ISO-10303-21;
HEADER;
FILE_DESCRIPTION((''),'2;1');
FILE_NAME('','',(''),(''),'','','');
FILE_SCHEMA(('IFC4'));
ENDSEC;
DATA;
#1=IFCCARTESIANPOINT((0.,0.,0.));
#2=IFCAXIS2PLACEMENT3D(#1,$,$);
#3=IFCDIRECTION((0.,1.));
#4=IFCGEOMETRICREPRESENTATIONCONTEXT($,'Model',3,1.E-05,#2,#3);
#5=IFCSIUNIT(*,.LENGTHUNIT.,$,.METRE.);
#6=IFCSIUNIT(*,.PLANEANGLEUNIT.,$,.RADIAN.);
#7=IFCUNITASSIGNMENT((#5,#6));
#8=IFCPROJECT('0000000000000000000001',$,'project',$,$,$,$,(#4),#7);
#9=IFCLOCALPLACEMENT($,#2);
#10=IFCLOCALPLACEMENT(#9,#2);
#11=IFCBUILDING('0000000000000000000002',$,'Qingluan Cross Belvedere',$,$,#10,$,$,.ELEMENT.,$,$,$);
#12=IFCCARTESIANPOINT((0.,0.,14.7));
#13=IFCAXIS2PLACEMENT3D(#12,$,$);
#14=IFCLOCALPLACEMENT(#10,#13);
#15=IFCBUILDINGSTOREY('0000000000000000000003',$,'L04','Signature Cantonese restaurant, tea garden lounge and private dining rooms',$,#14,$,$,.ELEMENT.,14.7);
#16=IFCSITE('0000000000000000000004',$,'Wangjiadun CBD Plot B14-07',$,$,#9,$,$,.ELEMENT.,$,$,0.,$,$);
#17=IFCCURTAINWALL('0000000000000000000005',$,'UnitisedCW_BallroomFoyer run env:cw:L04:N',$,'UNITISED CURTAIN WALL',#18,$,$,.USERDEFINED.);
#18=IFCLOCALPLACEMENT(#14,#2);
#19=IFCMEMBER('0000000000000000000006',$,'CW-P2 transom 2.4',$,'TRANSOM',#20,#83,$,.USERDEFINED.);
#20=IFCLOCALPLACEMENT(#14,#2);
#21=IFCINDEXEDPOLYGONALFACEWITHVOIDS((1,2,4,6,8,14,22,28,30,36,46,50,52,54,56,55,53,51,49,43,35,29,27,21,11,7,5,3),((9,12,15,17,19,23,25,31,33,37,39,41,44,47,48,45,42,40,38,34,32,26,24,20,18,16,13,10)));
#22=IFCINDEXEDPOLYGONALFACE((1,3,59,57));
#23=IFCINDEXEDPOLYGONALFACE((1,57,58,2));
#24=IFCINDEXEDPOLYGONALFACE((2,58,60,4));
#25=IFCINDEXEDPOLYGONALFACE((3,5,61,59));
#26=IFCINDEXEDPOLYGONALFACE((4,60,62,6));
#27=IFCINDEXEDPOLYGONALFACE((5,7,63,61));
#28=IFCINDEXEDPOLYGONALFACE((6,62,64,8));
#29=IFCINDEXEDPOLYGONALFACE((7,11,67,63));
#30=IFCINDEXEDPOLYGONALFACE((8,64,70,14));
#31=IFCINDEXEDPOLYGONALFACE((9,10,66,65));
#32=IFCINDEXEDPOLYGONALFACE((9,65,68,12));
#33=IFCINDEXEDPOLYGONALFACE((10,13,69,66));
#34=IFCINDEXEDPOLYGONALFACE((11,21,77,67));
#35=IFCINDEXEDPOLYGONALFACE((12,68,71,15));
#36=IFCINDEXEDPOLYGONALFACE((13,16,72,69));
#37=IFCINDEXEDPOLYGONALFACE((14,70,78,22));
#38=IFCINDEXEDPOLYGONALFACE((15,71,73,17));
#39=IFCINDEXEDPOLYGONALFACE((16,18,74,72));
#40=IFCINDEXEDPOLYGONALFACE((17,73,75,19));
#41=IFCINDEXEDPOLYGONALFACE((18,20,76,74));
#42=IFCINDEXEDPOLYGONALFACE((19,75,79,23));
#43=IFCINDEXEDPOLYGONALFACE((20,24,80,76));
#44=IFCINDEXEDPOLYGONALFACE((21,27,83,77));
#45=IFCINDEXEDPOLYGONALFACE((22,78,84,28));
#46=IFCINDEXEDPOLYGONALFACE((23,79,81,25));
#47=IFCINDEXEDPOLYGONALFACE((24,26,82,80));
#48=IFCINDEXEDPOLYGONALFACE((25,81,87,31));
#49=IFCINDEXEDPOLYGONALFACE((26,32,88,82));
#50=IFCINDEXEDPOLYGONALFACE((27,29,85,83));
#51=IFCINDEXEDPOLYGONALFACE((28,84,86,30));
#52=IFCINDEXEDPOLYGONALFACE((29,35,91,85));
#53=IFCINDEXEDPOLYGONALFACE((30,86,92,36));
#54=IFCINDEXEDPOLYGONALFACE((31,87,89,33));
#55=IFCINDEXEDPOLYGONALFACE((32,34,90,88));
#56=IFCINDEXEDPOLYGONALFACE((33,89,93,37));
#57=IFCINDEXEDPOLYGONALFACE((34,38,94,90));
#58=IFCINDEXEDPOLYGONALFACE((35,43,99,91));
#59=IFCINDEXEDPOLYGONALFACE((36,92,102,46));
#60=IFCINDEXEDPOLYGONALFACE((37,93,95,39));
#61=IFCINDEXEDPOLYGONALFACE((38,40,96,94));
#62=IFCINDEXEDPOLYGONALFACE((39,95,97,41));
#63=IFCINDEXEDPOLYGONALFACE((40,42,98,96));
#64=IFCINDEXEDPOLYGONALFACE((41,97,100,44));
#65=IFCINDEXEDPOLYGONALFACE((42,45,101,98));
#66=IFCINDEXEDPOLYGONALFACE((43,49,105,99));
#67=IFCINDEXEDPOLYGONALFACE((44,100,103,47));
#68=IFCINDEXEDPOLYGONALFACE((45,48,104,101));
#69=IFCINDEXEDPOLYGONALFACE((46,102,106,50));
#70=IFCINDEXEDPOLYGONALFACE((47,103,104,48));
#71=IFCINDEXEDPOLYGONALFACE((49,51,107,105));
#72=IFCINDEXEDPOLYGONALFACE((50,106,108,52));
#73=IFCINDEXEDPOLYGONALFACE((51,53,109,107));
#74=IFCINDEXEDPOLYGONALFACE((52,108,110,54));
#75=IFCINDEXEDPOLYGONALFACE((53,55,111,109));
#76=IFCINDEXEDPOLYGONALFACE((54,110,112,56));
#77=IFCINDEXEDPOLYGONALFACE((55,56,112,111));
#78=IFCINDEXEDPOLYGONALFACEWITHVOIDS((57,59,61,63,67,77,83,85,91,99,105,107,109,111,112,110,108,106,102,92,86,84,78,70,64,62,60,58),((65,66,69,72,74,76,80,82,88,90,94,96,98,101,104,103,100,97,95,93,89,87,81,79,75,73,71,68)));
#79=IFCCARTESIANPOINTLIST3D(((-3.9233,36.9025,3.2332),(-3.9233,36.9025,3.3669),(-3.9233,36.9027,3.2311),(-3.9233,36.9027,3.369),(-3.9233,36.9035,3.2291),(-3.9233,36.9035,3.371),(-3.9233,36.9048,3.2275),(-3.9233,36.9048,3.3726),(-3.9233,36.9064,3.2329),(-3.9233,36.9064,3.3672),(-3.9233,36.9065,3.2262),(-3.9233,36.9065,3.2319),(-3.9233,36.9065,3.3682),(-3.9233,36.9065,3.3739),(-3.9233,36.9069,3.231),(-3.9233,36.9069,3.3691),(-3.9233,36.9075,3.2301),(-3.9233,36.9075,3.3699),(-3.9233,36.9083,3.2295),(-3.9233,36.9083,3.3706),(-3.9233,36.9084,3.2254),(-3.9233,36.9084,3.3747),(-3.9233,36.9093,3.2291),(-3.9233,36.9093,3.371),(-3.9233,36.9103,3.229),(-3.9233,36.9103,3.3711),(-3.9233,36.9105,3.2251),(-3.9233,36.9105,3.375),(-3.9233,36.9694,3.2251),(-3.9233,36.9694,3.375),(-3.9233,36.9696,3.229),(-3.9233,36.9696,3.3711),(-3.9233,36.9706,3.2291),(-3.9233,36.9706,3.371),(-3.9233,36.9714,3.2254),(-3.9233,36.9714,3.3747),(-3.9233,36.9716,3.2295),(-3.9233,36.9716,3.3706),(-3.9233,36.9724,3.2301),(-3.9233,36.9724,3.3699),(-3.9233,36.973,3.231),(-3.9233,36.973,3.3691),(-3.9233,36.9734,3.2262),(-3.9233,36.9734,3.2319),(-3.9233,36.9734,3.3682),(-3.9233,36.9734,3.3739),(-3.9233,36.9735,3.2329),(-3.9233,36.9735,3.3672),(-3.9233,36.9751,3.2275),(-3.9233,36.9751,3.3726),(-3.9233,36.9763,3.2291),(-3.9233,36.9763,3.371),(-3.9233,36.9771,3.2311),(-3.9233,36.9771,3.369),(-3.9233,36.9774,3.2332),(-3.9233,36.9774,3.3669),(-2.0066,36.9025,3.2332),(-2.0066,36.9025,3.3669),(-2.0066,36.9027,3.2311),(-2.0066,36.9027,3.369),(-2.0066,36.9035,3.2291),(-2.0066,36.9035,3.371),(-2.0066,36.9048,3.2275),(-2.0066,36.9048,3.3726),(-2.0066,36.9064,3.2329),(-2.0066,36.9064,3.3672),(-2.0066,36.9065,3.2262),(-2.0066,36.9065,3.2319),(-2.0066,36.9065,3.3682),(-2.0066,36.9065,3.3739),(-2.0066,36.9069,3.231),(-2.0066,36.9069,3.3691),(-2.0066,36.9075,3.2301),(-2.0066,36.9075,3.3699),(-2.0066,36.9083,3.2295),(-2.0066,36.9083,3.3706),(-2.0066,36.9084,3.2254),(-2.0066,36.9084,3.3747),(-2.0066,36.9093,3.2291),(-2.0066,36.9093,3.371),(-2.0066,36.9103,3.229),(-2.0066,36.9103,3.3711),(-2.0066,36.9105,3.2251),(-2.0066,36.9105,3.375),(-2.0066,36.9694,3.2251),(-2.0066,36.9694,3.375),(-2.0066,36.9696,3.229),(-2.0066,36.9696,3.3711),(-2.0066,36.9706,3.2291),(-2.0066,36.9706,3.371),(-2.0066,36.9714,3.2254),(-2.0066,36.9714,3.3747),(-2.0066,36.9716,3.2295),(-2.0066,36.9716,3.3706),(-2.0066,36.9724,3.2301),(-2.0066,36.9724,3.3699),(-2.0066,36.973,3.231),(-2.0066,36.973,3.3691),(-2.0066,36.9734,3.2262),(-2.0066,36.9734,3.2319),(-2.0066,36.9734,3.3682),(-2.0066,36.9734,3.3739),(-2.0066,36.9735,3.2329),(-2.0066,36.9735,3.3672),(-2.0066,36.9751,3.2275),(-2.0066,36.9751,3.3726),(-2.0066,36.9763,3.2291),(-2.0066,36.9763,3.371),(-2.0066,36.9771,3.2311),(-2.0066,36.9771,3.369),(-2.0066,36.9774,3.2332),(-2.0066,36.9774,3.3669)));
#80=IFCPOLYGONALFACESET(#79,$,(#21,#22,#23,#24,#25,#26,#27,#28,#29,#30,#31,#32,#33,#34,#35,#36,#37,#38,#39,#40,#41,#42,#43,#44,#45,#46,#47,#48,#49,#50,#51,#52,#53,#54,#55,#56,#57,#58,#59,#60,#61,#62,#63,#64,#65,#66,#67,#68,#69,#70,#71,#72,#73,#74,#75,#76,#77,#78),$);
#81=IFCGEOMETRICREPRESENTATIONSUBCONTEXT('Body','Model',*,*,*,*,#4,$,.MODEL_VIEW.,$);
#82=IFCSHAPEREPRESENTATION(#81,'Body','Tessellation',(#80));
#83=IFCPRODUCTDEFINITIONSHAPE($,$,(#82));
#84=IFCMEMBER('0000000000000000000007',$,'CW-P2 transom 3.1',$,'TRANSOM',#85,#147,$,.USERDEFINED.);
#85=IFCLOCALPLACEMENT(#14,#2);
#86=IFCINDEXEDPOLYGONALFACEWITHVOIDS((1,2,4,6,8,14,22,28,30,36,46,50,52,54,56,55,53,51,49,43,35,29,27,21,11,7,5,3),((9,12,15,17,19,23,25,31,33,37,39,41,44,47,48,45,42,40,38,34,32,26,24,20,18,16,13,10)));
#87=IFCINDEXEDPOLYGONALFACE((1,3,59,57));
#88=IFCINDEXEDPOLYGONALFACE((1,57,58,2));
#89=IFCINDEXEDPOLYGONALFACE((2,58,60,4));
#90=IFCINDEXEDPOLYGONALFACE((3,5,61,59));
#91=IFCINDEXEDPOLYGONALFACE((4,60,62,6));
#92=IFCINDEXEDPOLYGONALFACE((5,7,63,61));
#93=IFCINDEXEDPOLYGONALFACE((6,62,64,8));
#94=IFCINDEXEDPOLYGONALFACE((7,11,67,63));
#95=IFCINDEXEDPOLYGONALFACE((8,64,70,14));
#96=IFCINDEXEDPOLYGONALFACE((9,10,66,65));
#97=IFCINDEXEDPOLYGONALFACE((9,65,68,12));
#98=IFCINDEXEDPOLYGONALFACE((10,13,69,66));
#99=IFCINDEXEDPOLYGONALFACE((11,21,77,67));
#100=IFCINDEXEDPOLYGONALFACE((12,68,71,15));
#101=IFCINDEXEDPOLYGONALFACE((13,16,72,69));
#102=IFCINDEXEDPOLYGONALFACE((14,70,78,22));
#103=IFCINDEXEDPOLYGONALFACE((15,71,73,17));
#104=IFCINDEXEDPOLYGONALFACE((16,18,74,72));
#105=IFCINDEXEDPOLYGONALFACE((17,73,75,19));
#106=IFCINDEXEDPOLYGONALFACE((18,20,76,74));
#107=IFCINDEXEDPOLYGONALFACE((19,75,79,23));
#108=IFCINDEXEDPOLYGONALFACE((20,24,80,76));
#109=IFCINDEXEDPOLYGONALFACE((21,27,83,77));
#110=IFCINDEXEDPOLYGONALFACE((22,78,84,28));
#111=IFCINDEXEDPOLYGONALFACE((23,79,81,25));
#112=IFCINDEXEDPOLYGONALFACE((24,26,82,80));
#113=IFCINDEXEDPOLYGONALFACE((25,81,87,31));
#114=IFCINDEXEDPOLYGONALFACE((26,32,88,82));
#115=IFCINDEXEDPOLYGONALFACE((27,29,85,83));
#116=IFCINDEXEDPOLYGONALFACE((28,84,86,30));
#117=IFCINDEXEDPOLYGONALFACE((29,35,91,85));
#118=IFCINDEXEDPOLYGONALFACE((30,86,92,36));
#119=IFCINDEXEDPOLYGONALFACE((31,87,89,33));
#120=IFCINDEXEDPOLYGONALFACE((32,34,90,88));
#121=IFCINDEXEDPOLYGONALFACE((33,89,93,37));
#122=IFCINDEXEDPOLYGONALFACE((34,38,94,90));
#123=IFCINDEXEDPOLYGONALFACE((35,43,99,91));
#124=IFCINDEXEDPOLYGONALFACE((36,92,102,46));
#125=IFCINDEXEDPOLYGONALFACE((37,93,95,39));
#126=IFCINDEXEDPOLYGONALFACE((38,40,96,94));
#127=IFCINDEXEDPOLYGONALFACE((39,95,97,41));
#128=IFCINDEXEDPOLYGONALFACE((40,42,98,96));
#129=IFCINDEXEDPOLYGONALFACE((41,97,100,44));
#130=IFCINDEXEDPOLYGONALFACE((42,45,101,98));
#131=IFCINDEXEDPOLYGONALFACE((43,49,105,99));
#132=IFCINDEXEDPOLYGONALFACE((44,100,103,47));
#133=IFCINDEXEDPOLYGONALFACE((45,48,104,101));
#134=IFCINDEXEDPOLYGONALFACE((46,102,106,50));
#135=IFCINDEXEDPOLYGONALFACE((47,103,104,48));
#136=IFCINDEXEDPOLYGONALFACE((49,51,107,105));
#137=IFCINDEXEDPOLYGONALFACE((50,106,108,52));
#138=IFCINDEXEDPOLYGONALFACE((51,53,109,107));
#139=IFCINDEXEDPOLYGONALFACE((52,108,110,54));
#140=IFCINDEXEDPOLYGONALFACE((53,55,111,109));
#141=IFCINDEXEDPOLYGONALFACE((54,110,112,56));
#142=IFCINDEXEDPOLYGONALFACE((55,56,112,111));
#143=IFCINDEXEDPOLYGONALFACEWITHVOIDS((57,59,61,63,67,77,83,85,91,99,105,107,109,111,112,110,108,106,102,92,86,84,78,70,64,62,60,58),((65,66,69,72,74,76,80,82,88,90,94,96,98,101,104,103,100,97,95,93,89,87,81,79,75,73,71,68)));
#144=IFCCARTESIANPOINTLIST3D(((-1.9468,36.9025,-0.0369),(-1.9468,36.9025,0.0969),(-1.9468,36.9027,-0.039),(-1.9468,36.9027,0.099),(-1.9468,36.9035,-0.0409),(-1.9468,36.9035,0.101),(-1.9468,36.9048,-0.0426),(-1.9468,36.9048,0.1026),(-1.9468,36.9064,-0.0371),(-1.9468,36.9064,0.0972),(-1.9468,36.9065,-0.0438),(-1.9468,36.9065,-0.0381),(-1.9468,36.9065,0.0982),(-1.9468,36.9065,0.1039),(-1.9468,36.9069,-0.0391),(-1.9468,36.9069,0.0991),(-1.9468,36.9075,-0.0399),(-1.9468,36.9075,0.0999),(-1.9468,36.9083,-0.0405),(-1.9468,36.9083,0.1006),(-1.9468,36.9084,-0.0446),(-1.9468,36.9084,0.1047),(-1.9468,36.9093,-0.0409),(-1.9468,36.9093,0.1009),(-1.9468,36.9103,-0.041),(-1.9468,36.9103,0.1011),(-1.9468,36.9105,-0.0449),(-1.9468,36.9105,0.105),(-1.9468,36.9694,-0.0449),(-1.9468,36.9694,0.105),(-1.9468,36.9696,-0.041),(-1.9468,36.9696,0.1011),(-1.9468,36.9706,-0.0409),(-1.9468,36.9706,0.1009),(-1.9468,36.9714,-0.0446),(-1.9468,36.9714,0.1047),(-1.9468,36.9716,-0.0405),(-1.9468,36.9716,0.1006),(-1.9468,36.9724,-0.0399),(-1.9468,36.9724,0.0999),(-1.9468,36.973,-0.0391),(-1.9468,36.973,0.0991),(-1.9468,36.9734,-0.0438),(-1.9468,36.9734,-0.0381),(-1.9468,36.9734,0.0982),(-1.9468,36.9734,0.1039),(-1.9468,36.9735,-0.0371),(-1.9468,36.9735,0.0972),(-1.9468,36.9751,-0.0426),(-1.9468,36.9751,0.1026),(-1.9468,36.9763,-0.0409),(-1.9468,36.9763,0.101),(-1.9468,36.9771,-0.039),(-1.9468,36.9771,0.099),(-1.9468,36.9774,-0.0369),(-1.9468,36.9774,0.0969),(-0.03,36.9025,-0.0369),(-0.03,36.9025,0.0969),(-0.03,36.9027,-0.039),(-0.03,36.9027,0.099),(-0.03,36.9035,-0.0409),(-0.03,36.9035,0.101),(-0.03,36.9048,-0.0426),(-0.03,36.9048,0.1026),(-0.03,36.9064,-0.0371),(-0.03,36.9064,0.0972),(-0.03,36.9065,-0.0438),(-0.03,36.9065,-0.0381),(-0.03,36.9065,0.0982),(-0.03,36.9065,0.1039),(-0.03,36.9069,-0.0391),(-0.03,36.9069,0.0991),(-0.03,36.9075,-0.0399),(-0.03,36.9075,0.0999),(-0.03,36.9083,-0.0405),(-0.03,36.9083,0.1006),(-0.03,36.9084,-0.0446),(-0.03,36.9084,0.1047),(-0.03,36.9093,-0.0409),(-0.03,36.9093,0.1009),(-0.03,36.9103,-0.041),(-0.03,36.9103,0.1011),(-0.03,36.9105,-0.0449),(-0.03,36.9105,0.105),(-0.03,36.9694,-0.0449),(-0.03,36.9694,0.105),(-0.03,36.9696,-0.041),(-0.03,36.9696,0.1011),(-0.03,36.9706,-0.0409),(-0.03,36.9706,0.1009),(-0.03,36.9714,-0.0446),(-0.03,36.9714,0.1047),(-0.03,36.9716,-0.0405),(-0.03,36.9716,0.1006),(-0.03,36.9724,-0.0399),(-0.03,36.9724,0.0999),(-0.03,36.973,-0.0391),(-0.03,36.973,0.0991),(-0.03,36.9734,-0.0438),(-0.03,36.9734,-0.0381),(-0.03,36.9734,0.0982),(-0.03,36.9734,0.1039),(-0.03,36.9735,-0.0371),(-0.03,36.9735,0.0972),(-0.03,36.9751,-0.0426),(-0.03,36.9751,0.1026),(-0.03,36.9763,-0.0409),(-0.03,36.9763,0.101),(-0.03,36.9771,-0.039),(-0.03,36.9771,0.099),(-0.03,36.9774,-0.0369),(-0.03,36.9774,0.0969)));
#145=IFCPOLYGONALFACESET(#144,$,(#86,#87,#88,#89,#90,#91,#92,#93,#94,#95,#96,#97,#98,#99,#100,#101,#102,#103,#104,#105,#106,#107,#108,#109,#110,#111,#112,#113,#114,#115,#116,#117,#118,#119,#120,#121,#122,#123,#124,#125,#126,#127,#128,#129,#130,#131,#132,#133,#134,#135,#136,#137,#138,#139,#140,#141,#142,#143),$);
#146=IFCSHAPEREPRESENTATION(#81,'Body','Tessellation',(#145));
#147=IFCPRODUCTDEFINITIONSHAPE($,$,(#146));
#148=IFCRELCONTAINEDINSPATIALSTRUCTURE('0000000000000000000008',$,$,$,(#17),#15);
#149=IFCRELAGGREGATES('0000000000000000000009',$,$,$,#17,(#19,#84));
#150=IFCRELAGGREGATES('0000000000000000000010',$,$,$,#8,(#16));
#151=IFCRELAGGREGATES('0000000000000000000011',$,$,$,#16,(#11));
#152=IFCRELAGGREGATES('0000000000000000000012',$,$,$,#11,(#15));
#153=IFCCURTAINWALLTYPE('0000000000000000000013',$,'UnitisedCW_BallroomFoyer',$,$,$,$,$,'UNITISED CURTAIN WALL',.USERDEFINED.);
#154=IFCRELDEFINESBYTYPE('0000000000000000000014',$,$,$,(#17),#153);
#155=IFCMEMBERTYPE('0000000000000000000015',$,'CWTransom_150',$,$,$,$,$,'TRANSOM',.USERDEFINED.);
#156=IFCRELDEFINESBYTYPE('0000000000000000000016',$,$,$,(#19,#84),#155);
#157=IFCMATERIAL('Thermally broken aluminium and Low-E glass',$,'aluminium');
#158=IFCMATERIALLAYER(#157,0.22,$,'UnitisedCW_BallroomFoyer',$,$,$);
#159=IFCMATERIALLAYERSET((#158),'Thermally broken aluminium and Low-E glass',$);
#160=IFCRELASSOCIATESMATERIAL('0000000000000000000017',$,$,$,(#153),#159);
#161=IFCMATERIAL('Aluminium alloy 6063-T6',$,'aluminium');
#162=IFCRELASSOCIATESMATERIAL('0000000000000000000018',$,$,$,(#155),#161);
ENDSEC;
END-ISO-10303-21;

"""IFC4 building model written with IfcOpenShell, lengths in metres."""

from ifc_helpers import new_model, si_unit, direction, frame, origin, origin_2d, place, context, subcontext, project, spatial, hollow_rectangle, extrude, material, layer, layer_set, material_profile, profile_set, type_object, element, aggregate, save


model = new_model("IFC4")

# Units and contexts
model_context = context("Model", 3, precision=1e-05, world=origin(), true_north=direction((0.0, 1.0)))
body_context = subcontext(model_context, "Body", "Model", "MODEL_VIEW")
ifc_project = project(units=[si_unit("LENGTHUNIT", "METRE"), si_unit("PLANEANGLEUNIT", "RADIAN")], contexts=[model_context])

# Site, building, storey
site_placement = place(None, origin())
site = spatial("IfcSite", under=ifc_project, at=site_placement, Name="Wangjiadun CBD Plot B14-07", CompositionType="ELEMENT", RefElevation=0.0)
building_placement = place(site_placement, origin())
building = spatial("IfcBuilding", under=site, at=building_placement, Name="Qingluan Cross Belvedere", CompositionType="ELEMENT")
storey_placement = place(building_placement, frame((0.0, 0.0, 14.7)))
storey = spatial("IfcBuildingStorey", under=building, at=storey_placement, Name="L04", Description="Signature Cantonese restaurant, tea garden lounge and private dining rooms", CompositionType="ELEMENT", Elevation=14.7)

# Curtain wall, members
ifc_material_1 = material(Name="Thermally broken aluminium and Low-E glass", Category="aluminium")
ifc_layer_1 = layer(ifc_material_1, 0.22, Name="UnitisedCW_BallroomFoyer")
ifc_layer_set_1 = layer_set([ifc_layer_1], Name="Thermally broken aluminium and Low-E glass")
curtain_wall_type = type_object("IfcCurtainWallType", Name="UnitisedCW_BallroomFoyer", ElementType="UNITISED CURTAIN WALL", PredefinedType="USERDEFINED", material=ifc_layer_set_1)
curtain_wall_placement = place(storey_placement, origin())
curtain_wall = element("IfcCurtainWall", 1, at=curtain_wall_placement, inside=storey, type_object=curtain_wall_type, Name="UnitisedCW_BallroomFoyer run env:cw:L04:N", ObjectType="UNITISED CURTAIN WALL", PredefinedType="USERDEFINED")
ifc_material_2 = material(Name="Aluminium alloy 6063-T6", Category="aluminium")
ifc_material_profile_1 = material_profile(ifc_material_2, hollow_rectangle(XDim=0.075, YDim=0.1499, WallThickness=0.0039, InnerFilletRadius=0.0039, OuterFilletRadius=0.0081, at=origin_2d()), Name="CWT150x75x4")
ifc_profile_set_1 = profile_set([ifc_material_profile_1], Name="Aluminium alloy 6063-T6")
member_type_1 = type_object("IfcMemberType", Name="CWTransom_150", ElementType="TRANSOM", PredefinedType="USERDEFINED", material=ifc_profile_set_1)
member_1_placement = place(storey_placement, frame((-3.9233, 36.9399, 3.3), z_axis=(1.0, 0.0, 0.0), x_axis=(0.0, 1.0, 0.0)))
member_1 = element("IfcMember", 2, at=member_1_placement, type_object=member_type_1, Name="CW-P2 transom 2.4", ObjectType="TRANSOM", PredefinedType="USERDEFINED", context=body_context, shape_type="SweptSolid", body=[
    extrude(hollow_rectangle(XDim=0.075, YDim=0.1499, WallThickness=0.0039, InnerFilletRadius=0.0039, OuterFilletRadius=0.0081, at=origin_2d()), origin(), (0.0, 0.0, 1.0), 1.9167),
])
member_2_placement = place(storey_placement, frame((-1.9468, 36.9399, 0.03), z_axis=(1.0, 0.0, 0.0), x_axis=(0.0, 1.0, 0.0)))
member_2 = element("IfcMember", 3, at=member_2_placement, type_object=member_type_1, Name="CW-P2 transom 3.1", ObjectType="TRANSOM", PredefinedType="USERDEFINED", context=body_context, shape_type="SweptSolid", body=[
    extrude(hollow_rectangle(XDim=0.075, YDim=0.1499, WallThickness=0.0039, InnerFilletRadius=0.0039, OuterFilletRadius=0.0081, at=origin_2d()), origin(), (0.0, 0.0, 1.0), 1.9167),
])

aggregate(curtain_wall, [member_1, member_2])

save(model, "model.ifc")
